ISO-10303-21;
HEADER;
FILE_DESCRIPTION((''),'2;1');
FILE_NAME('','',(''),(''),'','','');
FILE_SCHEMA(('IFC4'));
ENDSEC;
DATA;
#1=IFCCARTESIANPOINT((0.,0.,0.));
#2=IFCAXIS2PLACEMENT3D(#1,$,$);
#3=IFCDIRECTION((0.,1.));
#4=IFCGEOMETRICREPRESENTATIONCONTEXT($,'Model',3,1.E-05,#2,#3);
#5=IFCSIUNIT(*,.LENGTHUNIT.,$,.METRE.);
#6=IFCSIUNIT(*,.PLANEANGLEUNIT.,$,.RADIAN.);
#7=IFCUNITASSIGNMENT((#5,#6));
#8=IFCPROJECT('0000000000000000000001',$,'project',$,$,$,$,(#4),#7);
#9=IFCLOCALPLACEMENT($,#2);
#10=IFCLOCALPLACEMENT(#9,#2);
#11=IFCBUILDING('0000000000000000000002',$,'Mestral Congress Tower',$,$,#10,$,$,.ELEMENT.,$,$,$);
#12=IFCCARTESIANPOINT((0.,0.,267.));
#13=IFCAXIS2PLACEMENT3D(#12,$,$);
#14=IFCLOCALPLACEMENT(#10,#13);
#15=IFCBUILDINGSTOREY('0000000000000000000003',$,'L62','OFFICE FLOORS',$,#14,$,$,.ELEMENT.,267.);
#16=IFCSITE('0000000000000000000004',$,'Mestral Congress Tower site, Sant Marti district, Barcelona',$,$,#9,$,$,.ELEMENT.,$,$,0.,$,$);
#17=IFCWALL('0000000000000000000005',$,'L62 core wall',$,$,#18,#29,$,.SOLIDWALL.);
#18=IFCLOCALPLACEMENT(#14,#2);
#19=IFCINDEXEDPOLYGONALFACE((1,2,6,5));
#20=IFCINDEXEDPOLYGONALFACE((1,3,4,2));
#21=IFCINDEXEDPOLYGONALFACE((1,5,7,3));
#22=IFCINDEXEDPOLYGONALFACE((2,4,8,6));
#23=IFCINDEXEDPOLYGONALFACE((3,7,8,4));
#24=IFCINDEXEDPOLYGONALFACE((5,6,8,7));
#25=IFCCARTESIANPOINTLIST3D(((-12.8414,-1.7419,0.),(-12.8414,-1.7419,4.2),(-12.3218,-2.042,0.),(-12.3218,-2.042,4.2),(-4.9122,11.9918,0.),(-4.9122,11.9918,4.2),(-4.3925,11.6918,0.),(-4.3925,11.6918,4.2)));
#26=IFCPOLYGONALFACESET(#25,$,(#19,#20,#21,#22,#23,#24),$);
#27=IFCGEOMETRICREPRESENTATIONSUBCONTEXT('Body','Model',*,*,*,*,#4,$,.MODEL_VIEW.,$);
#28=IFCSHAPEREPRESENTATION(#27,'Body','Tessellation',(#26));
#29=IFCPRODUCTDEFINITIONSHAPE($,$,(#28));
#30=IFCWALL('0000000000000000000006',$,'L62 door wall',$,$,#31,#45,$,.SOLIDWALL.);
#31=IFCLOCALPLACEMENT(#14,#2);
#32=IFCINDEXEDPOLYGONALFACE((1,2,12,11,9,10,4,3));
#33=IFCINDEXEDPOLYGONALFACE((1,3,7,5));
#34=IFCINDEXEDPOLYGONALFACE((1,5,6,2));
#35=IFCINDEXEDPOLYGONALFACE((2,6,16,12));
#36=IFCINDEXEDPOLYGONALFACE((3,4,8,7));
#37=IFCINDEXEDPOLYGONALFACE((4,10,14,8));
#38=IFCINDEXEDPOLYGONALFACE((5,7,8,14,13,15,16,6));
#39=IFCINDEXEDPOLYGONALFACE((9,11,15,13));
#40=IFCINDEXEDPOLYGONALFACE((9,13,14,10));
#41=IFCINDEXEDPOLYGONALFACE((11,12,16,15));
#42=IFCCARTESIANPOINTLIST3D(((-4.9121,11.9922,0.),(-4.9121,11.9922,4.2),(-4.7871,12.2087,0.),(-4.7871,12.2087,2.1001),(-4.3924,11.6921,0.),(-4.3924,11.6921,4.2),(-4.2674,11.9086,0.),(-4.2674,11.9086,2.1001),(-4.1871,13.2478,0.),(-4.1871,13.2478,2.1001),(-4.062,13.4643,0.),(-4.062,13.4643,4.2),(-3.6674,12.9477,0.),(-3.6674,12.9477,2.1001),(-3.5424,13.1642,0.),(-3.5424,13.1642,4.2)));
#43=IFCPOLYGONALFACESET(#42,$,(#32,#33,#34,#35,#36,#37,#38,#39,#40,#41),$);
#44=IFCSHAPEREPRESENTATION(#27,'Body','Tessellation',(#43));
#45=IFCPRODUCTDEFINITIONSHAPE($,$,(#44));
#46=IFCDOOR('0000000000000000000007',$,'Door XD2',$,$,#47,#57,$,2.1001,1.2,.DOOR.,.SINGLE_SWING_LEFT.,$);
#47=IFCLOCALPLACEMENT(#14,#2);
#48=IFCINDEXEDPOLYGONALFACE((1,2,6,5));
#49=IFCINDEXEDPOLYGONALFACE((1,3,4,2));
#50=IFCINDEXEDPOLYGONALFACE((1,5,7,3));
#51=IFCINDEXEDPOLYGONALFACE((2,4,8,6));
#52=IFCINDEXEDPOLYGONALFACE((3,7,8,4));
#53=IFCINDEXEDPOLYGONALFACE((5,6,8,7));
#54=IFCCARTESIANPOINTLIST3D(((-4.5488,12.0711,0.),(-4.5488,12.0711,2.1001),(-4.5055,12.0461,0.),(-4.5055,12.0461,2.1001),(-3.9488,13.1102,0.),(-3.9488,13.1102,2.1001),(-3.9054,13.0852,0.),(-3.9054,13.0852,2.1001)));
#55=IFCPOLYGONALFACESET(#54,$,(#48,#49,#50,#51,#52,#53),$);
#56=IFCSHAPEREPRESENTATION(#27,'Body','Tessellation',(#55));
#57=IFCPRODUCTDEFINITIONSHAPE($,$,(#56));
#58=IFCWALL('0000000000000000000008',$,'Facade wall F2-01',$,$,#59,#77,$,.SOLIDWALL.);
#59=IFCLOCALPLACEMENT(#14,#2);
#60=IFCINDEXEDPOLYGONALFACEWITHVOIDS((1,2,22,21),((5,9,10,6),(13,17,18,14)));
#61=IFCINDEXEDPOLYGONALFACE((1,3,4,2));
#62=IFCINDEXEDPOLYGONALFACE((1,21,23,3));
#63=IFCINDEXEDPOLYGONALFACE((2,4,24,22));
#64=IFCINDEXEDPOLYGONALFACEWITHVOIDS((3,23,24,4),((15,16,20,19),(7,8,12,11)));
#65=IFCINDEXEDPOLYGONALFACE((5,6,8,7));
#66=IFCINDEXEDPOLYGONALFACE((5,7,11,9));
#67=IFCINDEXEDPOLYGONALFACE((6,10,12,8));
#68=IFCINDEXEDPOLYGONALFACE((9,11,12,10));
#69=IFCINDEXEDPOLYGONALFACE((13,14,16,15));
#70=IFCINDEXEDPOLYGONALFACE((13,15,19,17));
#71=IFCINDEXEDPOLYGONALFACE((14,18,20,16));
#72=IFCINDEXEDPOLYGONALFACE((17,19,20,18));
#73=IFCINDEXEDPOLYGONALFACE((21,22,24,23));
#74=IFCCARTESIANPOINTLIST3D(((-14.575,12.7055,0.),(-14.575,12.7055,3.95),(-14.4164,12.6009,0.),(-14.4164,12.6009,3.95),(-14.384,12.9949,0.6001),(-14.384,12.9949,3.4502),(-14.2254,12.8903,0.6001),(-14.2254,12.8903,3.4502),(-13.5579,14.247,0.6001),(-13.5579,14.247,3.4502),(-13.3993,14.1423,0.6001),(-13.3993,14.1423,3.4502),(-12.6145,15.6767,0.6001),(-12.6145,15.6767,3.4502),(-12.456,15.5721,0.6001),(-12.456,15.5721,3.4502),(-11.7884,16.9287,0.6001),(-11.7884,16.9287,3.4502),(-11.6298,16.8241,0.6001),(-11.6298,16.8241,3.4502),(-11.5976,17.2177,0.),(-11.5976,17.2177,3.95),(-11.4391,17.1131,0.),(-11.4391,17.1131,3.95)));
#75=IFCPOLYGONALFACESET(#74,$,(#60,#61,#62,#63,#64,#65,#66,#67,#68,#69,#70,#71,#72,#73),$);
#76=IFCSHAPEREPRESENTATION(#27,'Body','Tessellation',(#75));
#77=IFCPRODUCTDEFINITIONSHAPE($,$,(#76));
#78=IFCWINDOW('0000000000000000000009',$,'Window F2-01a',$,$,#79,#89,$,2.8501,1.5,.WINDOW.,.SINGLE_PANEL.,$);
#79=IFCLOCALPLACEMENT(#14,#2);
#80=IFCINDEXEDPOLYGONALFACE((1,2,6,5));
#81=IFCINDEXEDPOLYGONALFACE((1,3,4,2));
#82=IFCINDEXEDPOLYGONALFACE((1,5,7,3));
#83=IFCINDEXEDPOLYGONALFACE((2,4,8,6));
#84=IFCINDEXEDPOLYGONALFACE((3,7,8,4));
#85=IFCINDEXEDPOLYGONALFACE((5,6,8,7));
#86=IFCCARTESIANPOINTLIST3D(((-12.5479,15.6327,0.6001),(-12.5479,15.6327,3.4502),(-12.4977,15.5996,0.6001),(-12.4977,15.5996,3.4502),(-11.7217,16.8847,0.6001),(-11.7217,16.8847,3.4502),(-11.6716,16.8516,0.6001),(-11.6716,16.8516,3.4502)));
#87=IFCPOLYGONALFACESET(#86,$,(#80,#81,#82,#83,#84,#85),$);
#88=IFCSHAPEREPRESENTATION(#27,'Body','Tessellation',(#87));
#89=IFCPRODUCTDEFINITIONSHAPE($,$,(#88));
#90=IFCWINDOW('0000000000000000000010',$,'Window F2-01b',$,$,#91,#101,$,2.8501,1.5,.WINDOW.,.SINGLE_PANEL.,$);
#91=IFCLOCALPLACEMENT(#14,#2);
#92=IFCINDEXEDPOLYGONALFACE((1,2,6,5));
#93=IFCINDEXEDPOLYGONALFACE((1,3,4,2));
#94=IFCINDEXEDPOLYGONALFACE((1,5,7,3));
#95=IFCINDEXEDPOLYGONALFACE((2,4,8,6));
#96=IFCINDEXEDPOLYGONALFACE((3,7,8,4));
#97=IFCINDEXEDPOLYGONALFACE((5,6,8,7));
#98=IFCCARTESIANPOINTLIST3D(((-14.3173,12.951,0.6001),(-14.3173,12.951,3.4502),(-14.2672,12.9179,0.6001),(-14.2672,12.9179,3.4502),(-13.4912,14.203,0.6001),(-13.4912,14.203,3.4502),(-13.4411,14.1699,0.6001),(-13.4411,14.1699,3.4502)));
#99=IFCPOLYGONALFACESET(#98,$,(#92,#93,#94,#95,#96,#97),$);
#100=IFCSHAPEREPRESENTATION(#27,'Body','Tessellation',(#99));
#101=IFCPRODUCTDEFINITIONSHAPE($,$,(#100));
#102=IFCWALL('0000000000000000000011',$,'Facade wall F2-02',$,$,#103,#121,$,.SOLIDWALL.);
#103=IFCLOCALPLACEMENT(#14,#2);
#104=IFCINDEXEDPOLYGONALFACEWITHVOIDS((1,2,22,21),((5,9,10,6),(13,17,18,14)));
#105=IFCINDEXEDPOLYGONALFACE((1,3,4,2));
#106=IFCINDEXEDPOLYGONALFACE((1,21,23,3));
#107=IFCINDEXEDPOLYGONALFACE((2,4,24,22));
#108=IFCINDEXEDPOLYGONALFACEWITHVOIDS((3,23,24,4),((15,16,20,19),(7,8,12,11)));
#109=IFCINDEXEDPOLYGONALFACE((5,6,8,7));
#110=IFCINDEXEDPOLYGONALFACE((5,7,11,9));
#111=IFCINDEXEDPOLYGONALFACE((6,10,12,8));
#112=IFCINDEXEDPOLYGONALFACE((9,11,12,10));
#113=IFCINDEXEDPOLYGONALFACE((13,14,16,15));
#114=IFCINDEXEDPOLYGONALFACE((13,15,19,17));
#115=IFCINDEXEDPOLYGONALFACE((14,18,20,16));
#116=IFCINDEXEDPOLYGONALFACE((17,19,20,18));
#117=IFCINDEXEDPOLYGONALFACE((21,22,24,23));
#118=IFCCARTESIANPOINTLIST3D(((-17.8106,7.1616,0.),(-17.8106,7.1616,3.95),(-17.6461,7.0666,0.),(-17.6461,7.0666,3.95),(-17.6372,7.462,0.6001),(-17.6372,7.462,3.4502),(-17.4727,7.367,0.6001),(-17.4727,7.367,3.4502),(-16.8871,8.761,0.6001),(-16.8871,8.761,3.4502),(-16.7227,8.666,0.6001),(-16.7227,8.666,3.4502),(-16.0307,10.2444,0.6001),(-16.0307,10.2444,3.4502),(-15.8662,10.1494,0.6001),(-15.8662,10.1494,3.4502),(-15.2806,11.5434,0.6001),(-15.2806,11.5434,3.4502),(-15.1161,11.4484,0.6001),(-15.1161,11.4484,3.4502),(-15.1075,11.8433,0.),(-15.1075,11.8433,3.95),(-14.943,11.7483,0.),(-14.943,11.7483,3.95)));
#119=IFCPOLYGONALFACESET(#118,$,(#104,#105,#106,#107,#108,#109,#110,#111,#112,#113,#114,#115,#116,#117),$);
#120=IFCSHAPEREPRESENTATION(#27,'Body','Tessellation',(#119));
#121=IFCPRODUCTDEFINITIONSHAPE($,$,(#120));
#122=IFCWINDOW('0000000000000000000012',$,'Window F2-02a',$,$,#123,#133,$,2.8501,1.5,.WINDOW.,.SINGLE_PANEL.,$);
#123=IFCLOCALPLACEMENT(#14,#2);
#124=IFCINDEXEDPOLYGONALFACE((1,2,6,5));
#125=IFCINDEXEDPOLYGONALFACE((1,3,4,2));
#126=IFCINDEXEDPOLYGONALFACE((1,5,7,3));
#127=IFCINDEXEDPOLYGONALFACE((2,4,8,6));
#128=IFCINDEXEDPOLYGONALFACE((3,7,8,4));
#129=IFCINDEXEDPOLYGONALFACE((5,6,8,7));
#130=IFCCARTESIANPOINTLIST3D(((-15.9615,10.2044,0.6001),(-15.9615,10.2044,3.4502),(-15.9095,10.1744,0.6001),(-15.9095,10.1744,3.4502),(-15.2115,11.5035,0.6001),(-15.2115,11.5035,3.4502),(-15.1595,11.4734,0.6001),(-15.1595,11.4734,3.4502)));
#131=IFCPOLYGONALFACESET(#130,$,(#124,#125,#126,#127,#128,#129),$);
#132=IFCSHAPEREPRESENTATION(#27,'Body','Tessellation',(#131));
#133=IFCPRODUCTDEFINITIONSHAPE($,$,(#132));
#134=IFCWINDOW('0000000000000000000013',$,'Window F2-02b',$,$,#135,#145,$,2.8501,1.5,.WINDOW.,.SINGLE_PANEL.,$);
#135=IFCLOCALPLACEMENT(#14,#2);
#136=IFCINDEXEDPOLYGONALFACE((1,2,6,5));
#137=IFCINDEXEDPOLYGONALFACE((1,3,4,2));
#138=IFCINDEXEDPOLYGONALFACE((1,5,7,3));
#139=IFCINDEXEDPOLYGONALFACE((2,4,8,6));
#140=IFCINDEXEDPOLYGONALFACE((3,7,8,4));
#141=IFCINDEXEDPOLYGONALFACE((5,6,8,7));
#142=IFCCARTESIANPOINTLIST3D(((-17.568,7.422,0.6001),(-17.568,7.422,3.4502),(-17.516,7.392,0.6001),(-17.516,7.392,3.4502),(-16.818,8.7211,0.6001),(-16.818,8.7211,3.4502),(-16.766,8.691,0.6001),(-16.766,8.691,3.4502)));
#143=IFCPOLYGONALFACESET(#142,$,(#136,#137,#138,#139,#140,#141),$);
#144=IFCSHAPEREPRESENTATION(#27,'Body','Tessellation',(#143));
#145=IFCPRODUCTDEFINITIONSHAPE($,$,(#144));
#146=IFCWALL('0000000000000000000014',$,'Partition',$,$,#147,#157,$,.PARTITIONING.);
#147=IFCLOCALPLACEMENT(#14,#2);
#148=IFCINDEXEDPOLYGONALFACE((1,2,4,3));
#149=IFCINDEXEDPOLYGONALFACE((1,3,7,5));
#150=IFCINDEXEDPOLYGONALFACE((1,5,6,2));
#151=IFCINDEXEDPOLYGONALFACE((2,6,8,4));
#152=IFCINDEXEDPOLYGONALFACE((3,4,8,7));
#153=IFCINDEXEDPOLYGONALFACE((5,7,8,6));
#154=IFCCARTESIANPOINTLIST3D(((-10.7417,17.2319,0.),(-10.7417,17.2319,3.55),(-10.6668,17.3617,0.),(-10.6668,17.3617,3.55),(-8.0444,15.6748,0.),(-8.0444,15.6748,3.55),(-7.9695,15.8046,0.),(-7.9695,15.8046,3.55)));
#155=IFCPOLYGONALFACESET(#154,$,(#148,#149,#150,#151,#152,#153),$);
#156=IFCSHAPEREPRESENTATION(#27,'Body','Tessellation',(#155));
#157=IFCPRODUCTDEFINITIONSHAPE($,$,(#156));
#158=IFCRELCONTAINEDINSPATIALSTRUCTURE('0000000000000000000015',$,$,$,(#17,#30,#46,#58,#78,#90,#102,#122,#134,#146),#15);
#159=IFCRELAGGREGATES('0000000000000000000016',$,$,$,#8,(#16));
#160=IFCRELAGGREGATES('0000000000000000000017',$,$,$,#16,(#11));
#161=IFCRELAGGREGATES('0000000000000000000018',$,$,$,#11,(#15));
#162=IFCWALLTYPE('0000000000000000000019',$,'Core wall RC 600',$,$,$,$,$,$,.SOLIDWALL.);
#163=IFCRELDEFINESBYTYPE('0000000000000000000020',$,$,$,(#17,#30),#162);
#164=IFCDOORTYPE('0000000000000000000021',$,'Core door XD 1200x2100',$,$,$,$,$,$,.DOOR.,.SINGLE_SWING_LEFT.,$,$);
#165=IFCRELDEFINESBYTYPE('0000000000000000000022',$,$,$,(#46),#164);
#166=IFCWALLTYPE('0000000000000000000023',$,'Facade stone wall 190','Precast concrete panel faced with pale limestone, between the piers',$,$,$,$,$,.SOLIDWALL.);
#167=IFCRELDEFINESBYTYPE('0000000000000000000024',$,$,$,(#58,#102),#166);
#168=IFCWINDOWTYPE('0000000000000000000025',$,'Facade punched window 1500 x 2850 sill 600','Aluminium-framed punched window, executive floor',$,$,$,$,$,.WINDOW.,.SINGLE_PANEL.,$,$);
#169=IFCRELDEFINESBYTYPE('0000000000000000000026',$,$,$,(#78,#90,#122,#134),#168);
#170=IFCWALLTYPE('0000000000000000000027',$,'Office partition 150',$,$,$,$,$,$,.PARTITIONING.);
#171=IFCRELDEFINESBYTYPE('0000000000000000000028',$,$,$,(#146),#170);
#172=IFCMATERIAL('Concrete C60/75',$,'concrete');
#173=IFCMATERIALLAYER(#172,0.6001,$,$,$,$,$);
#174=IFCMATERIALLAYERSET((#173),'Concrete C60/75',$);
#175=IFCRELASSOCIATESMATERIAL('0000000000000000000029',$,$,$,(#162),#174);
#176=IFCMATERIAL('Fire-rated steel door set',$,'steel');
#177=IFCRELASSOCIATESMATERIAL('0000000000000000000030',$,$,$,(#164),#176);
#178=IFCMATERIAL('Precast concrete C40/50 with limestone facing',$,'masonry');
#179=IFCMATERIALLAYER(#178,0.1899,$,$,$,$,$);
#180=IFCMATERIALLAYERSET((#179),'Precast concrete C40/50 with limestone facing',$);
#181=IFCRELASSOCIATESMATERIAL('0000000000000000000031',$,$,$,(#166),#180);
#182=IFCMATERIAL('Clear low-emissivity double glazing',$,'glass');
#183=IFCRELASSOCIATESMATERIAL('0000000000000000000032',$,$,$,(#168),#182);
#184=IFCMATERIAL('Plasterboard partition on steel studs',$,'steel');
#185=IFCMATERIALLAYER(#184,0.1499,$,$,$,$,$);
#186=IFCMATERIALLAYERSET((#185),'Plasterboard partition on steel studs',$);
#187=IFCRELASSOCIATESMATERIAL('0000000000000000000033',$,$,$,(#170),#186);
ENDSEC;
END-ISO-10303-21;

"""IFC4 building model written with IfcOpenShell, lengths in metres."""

from ifc_helpers import new_model, si_unit, direction, frame, frame_2d, origin, place, context, subcontext, project, spatial, rectangle, extrude, material, layer, layer_set, type_object, element, fill, save


model = new_model("IFC4")

# Units and contexts
model_context = context("Model", 3, precision=1e-05, world=origin(), true_north=direction((0.0, 1.0)))
body_context = subcontext(model_context, "Body", "Model", "MODEL_VIEW")
ifc_project = project(units=[si_unit("LENGTHUNIT", "METRE"), si_unit("PLANEANGLEUNIT", "RADIAN")], contexts=[model_context])

# Site, building, storey
site_placement = place(None, origin())
site = spatial("IfcSite", under=ifc_project, at=site_placement, Name="Mestral Congress Tower site, Sant Marti district, Barcelona", CompositionType="ELEMENT", RefElevation=0.0)
building_placement = place(site_placement, origin())
building = spatial("IfcBuilding", under=site, at=building_placement, Name="Mestral Congress Tower", CompositionType="ELEMENT")
storey_placement = place(building_placement, frame((0.0, 0.0, 267.0)))
storey = spatial("IfcBuildingStorey", under=building, at=storey_placement, Name="L62", Description="OFFICE FLOORS", CompositionType="ELEMENT", Elevation=267.0)

# Shared definitions
ifc_material_1 = material(Name="Concrete C60/75", Category="concrete")

# Wall
ifc_layer_1 = layer(ifc_material_1, 0.6001)
ifc_layer_set_1 = layer_set([ifc_layer_1], Name="Concrete C60/75")
wall_type_1 = type_object("IfcWallType", Name="Core wall RC 600", PredefinedType="SOLIDWALL", material=ifc_layer_set_1)
wall_1_placement = place(storey_placement, frame((-4.6523, 11.8418, 0.0), z_axis=(0.0, 0.0, 1.0), x_axis=(-0.500004, -0.866023, 0.0)))
element("IfcWall", 1, at=wall_1_placement, inside=storey, type_object=wall_type_1, Name="L62 core wall", PredefinedType="SOLIDWALL", context=body_context, shape_type="SweptSolid", body=[
    extrude(rectangle(XDim=15.8584, YDim=0.6001, at=frame_2d((7.9292, 0.0))), origin(), (0.0, 0.0, 1.0), 4.2),
])

# Wall, opening, door
wall_2_placement = place(storey_placement, frame((-4.6523, 11.842, 0.0), z_axis=(0.0, 0.0, 1.0), x_axis=(0.500062, 0.865989, 0.0)))
wall_2 = element("IfcWall", 2, at=wall_2_placement, inside=storey, type_object=wall_type_1, Name="L62 door wall", PredefinedType="SOLIDWALL", context=body_context, shape_type="SweptSolid", body=[
    extrude(rectangle(XDim=1.7, YDim=0.6001, at=frame_2d((0.8501, 0.0))), origin(), (0.0, 0.0, 1.0), 4.2),
])
opening_1_placement = place(wall_2_placement, frame((0.25, 0.0, 0.0)))
opening_1 = element("IfcOpeningElement", 3, at=opening_1_placement, cuts=wall_2, PredefinedType="OPENING", context=body_context, shape_type="SweptSolid", body=[
    extrude(rectangle(XDim=1.2, YDim=2.1001, at=frame_2d((0.6001, 1.05))), frame((0.0, 0.3101, 0.0), z_axis=(0.0, -1.0, 0.0), x_axis=(1.0, 0.0, 0.0)), (0.0, 0.0, 1.0), 0.6201),
])
ifc_material_2 = material(Name="Fire-rated steel door set", Category="steel")
door_type_1 = type_object("IfcDoorType", Name="Core door XD 1200x2100", OperationType="SINGLE_SWING_LEFT", PredefinedType="DOOR", material=ifc_material_2)
door_1_placement = place(opening_1_placement, origin())
door_1 = element("IfcDoor", 4, at=door_1_placement, inside=storey, type_object=door_type_1, Name="Door XD2", OperationType="SINGLE_SWING_LEFT", OverallHeight=2.1001, OverallWidth=1.2, PredefinedType="DOOR", context=body_context, shape_type="SweptSolid", body=[
    extrude(rectangle(XDim=1.2, YDim=2.1001, at=frame_2d((0.6001, 1.05))), frame((0.0, 0.0249, 0.0), z_axis=(0.0, -1.0, 0.0), x_axis=(1.0, 0.0, 0.0)), (0.0, 0.0, 1.0), 0.05),
])
fill(opening_1, door_1)

# Walls, openings, windows
ifc_material_3 = material(Name="Precast concrete C40/50 with limestone facing", Category="masonry")
ifc_layer_2 = layer(ifc_material_3, 0.1899)
ifc_layer_set_2 = layer_set([ifc_layer_2], Name="Precast concrete C40/50 with limestone facing")
wall_type_2 = type_object("IfcWallType", Name="Facade stone wall 190", Description="Precast concrete panel faced with pale limestone, between the piers", PredefinedType="SOLIDWALL", material=ifc_layer_set_2)
wall_3_placement = place(storey_placement, frame((-11.5183, 17.1655, 0.0), z_axis=(0.0, 0.0, 1.0), x_axis=(-0.550744, -0.834674, 0.0)))
wall_3 = element("IfcWall", 5, at=wall_3_placement, inside=storey, type_object=wall_type_2, Name="Facade wall F2-01", PredefinedType="SOLIDWALL", context=body_context, shape_type="SweptSolid", body=[
    extrude(rectangle(XDim=5.406, YDim=0.1899, at=frame_2d((2.7031, 0.0))), origin(), (0.0, 0.0, 1.0), 3.95),
])
opening_2_placement = place(wall_3_placement, frame((0.3464, 0.0, 0.6001)))
opening_2 = element("IfcOpeningElement", 6, at=opening_2_placement, cuts=wall_3, PredefinedType="OPENING", context=body_context, shape_type="SweptSolid", body=[
    extrude(rectangle(XDim=1.5, YDim=2.8501, at=frame_2d((0.75, 1.425))), frame((0.0, 0.105, 0.0), z_axis=(0.0, -1.0, 0.0), x_axis=(1.0, 0.0, 0.0)), (0.0, 0.0, 1.0), 0.21),
])
opening_3_placement = place(wall_3_placement, frame((3.5593, 0.0, 0.6001)))
opening_3 = element("IfcOpeningElement", 7, at=opening_3_placement, cuts=wall_3, PredefinedType="OPENING", context=body_context, shape_type="SweptSolid", body=[
    extrude(rectangle(XDim=1.5, YDim=2.8501, at=frame_2d((0.75, 1.425))), frame((0.0, 0.105, 0.0), z_axis=(0.0, -1.0, 0.0), x_axis=(1.0, 0.0, 0.0)), (0.0, 0.0, 1.0), 0.21),
])
ifc_material_4 = material(Name="Clear low-emissivity double glazing", Category="glass")
window_type = type_object("IfcWindowType", Name="Facade punched window 1500 x 2850 sill 600", Description="Aluminium-framed punched window, executive floor", PartitioningType="SINGLE_PANEL", PredefinedType="WINDOW", material=ifc_material_4)
window_1_placement = place(opening_2_placement, origin())
window_1 = element("IfcWindow", 8, at=window_1_placement, inside=storey, type_object=window_type, Name="Window F2-01a", OverallHeight=2.8501, OverallWidth=1.5, PartitioningType="SINGLE_PANEL", PredefinedType="WINDOW", context=body_context, shape_type="SweptSolid", body=[
    extrude(rectangle(XDim=1.5, YDim=2.8501, at=frame_2d((0.75, 1.425))), frame((0.0, 0.0449, 0.0), z_axis=(0.0, -1.0, 0.0), x_axis=(1.0, 0.0, 0.0)), (0.0, 0.0, 1.0), 0.0601),
])
fill(opening_2, window_1)
window_2_placement = place(opening_3_placement, origin())
window_2 = element("IfcWindow", 9, at=window_2_placement, inside=storey, type_object=window_type, Name="Window F2-01b", OverallHeight=2.8501, OverallWidth=1.5, PartitioningType="SINGLE_PANEL", PredefinedType="WINDOW", context=body_context, shape_type="SweptSolid", body=[
    extrude(rectangle(XDim=1.5, YDim=2.8501, at=frame_2d((0.75, 1.425))), frame((0.0, 0.0449, 0.0), z_axis=(0.0, -1.0, 0.0), x_axis=(1.0, 0.0, 0.0)), (0.0, 0.0, 1.0), 0.0601),
])
fill(opening_3, window_2)
wall_4_placement = place(storey_placement, frame((-15.0251, 11.7959, 0.0), z_axis=(0.0, 0.0, 1.0), x_axis=(-0.500025, -0.866011, 0.0)))
wall_4 = element("IfcWall", 10, at=wall_4_placement, inside=storey, type_object=wall_type_2, Name="Facade wall F2-02", PredefinedType="SOLIDWALL", context=body_context, shape_type="SweptSolid", body=[
    extrude(rectangle(XDim=5.406, YDim=0.1899, at=frame_2d((2.7031, 0.0))), origin(), (0.0, 0.0, 1.0), 3.95),
])
opening_4_placement = place(wall_4_placement, frame((0.3464, 0.0, 0.6001)))
opening_4 = element("IfcOpeningElement", 11, at=opening_4_placement, cuts=wall_4, PredefinedType="OPENING", context=body_context, shape_type="SweptSolid", body=[
    extrude(rectangle(XDim=1.5, YDim=2.8501, at=frame_2d((0.75, 1.425))), frame((0.0, 0.105, 0.0), z_axis=(0.0, -1.0, 0.0), x_axis=(1.0, 0.0, 0.0)), (0.0, 0.0, 1.0), 0.21),
])
opening_5_placement = place(wall_4_placement, frame((3.5593, 0.0, 0.6001)))
opening_5 = element("IfcOpeningElement", 12, at=opening_5_placement, cuts=wall_4, PredefinedType="OPENING", context=body_context, shape_type="SweptSolid", body=[
    extrude(rectangle(XDim=1.5, YDim=2.8501, at=frame_2d((0.75, 1.425))), frame((0.0, 0.105, 0.0), z_axis=(0.0, -1.0, 0.0), x_axis=(1.0, 0.0, 0.0)), (0.0, 0.0, 1.0), 0.21),
])
window_3_placement = place(opening_4_placement, origin())
window_3 = element("IfcWindow", 13, at=window_3_placement, inside=storey, type_object=window_type, Name="Window F2-02a", OverallHeight=2.8501, OverallWidth=1.5, PartitioningType="SINGLE_PANEL", PredefinedType="WINDOW", context=body_context, shape_type="SweptSolid", body=[
    extrude(rectangle(XDim=1.5, YDim=2.8501, at=frame_2d((0.75, 1.425))), frame((0.0, 0.0449, 0.0), z_axis=(0.0, -1.0, 0.0), x_axis=(1.0, 0.0, 0.0)), (0.0, 0.0, 1.0), 0.0601),
])
fill(opening_4, window_3)
window_4_placement = place(opening_5_placement, origin())
window_4 = element("IfcWindow", 14, at=window_4_placement, inside=storey, type_object=window_type, Name="Window F2-02b", OverallHeight=2.8501, OverallWidth=1.5, PartitioningType="SINGLE_PANEL", PredefinedType="WINDOW", context=body_context, shape_type="SweptSolid", body=[
    extrude(rectangle(XDim=1.5, YDim=2.8501, at=frame_2d((0.75, 1.425))), frame((0.0, 0.0449, 0.0), z_axis=(0.0, -1.0, 0.0), x_axis=(1.0, 0.0, 0.0)), (0.0, 0.0, 1.0), 0.0601),
])
fill(opening_5, window_4)

# Wall
ifc_material_5 = material(Name="Plasterboard partition on steel studs", Category="steel")
ifc_layer_3 = layer(ifc_material_5, 0.1499)
ifc_layer_set_3 = layer_set([ifc_layer_3], Name="Plasterboard partition on steel studs")
wall_type_3 = type_object("IfcWallType", Name="Office partition 150", PredefinedType="PARTITIONING", material=ifc_layer_set_3)
wall_5_placement = place(storey_placement, frame((-8.0071, 15.7397, 0.0), z_axis=(0.0, 0.0, 1.0), x_axis=(-0.866045, 0.499967, 0.0)))
element("IfcWall", 15, at=wall_5_placement, inside=storey, type_object=wall_type_3, Name="Partition", PredefinedType="PARTITIONING", context=body_context, shape_type="SweptSolid", body=[
    extrude(rectangle(XDim=3.1145, YDim=0.1499, at=frame_2d((1.5571, 0.0))), origin(), (0.0, 0.0, 1.0), 3.55),
])

save(model, "model.ifc")
